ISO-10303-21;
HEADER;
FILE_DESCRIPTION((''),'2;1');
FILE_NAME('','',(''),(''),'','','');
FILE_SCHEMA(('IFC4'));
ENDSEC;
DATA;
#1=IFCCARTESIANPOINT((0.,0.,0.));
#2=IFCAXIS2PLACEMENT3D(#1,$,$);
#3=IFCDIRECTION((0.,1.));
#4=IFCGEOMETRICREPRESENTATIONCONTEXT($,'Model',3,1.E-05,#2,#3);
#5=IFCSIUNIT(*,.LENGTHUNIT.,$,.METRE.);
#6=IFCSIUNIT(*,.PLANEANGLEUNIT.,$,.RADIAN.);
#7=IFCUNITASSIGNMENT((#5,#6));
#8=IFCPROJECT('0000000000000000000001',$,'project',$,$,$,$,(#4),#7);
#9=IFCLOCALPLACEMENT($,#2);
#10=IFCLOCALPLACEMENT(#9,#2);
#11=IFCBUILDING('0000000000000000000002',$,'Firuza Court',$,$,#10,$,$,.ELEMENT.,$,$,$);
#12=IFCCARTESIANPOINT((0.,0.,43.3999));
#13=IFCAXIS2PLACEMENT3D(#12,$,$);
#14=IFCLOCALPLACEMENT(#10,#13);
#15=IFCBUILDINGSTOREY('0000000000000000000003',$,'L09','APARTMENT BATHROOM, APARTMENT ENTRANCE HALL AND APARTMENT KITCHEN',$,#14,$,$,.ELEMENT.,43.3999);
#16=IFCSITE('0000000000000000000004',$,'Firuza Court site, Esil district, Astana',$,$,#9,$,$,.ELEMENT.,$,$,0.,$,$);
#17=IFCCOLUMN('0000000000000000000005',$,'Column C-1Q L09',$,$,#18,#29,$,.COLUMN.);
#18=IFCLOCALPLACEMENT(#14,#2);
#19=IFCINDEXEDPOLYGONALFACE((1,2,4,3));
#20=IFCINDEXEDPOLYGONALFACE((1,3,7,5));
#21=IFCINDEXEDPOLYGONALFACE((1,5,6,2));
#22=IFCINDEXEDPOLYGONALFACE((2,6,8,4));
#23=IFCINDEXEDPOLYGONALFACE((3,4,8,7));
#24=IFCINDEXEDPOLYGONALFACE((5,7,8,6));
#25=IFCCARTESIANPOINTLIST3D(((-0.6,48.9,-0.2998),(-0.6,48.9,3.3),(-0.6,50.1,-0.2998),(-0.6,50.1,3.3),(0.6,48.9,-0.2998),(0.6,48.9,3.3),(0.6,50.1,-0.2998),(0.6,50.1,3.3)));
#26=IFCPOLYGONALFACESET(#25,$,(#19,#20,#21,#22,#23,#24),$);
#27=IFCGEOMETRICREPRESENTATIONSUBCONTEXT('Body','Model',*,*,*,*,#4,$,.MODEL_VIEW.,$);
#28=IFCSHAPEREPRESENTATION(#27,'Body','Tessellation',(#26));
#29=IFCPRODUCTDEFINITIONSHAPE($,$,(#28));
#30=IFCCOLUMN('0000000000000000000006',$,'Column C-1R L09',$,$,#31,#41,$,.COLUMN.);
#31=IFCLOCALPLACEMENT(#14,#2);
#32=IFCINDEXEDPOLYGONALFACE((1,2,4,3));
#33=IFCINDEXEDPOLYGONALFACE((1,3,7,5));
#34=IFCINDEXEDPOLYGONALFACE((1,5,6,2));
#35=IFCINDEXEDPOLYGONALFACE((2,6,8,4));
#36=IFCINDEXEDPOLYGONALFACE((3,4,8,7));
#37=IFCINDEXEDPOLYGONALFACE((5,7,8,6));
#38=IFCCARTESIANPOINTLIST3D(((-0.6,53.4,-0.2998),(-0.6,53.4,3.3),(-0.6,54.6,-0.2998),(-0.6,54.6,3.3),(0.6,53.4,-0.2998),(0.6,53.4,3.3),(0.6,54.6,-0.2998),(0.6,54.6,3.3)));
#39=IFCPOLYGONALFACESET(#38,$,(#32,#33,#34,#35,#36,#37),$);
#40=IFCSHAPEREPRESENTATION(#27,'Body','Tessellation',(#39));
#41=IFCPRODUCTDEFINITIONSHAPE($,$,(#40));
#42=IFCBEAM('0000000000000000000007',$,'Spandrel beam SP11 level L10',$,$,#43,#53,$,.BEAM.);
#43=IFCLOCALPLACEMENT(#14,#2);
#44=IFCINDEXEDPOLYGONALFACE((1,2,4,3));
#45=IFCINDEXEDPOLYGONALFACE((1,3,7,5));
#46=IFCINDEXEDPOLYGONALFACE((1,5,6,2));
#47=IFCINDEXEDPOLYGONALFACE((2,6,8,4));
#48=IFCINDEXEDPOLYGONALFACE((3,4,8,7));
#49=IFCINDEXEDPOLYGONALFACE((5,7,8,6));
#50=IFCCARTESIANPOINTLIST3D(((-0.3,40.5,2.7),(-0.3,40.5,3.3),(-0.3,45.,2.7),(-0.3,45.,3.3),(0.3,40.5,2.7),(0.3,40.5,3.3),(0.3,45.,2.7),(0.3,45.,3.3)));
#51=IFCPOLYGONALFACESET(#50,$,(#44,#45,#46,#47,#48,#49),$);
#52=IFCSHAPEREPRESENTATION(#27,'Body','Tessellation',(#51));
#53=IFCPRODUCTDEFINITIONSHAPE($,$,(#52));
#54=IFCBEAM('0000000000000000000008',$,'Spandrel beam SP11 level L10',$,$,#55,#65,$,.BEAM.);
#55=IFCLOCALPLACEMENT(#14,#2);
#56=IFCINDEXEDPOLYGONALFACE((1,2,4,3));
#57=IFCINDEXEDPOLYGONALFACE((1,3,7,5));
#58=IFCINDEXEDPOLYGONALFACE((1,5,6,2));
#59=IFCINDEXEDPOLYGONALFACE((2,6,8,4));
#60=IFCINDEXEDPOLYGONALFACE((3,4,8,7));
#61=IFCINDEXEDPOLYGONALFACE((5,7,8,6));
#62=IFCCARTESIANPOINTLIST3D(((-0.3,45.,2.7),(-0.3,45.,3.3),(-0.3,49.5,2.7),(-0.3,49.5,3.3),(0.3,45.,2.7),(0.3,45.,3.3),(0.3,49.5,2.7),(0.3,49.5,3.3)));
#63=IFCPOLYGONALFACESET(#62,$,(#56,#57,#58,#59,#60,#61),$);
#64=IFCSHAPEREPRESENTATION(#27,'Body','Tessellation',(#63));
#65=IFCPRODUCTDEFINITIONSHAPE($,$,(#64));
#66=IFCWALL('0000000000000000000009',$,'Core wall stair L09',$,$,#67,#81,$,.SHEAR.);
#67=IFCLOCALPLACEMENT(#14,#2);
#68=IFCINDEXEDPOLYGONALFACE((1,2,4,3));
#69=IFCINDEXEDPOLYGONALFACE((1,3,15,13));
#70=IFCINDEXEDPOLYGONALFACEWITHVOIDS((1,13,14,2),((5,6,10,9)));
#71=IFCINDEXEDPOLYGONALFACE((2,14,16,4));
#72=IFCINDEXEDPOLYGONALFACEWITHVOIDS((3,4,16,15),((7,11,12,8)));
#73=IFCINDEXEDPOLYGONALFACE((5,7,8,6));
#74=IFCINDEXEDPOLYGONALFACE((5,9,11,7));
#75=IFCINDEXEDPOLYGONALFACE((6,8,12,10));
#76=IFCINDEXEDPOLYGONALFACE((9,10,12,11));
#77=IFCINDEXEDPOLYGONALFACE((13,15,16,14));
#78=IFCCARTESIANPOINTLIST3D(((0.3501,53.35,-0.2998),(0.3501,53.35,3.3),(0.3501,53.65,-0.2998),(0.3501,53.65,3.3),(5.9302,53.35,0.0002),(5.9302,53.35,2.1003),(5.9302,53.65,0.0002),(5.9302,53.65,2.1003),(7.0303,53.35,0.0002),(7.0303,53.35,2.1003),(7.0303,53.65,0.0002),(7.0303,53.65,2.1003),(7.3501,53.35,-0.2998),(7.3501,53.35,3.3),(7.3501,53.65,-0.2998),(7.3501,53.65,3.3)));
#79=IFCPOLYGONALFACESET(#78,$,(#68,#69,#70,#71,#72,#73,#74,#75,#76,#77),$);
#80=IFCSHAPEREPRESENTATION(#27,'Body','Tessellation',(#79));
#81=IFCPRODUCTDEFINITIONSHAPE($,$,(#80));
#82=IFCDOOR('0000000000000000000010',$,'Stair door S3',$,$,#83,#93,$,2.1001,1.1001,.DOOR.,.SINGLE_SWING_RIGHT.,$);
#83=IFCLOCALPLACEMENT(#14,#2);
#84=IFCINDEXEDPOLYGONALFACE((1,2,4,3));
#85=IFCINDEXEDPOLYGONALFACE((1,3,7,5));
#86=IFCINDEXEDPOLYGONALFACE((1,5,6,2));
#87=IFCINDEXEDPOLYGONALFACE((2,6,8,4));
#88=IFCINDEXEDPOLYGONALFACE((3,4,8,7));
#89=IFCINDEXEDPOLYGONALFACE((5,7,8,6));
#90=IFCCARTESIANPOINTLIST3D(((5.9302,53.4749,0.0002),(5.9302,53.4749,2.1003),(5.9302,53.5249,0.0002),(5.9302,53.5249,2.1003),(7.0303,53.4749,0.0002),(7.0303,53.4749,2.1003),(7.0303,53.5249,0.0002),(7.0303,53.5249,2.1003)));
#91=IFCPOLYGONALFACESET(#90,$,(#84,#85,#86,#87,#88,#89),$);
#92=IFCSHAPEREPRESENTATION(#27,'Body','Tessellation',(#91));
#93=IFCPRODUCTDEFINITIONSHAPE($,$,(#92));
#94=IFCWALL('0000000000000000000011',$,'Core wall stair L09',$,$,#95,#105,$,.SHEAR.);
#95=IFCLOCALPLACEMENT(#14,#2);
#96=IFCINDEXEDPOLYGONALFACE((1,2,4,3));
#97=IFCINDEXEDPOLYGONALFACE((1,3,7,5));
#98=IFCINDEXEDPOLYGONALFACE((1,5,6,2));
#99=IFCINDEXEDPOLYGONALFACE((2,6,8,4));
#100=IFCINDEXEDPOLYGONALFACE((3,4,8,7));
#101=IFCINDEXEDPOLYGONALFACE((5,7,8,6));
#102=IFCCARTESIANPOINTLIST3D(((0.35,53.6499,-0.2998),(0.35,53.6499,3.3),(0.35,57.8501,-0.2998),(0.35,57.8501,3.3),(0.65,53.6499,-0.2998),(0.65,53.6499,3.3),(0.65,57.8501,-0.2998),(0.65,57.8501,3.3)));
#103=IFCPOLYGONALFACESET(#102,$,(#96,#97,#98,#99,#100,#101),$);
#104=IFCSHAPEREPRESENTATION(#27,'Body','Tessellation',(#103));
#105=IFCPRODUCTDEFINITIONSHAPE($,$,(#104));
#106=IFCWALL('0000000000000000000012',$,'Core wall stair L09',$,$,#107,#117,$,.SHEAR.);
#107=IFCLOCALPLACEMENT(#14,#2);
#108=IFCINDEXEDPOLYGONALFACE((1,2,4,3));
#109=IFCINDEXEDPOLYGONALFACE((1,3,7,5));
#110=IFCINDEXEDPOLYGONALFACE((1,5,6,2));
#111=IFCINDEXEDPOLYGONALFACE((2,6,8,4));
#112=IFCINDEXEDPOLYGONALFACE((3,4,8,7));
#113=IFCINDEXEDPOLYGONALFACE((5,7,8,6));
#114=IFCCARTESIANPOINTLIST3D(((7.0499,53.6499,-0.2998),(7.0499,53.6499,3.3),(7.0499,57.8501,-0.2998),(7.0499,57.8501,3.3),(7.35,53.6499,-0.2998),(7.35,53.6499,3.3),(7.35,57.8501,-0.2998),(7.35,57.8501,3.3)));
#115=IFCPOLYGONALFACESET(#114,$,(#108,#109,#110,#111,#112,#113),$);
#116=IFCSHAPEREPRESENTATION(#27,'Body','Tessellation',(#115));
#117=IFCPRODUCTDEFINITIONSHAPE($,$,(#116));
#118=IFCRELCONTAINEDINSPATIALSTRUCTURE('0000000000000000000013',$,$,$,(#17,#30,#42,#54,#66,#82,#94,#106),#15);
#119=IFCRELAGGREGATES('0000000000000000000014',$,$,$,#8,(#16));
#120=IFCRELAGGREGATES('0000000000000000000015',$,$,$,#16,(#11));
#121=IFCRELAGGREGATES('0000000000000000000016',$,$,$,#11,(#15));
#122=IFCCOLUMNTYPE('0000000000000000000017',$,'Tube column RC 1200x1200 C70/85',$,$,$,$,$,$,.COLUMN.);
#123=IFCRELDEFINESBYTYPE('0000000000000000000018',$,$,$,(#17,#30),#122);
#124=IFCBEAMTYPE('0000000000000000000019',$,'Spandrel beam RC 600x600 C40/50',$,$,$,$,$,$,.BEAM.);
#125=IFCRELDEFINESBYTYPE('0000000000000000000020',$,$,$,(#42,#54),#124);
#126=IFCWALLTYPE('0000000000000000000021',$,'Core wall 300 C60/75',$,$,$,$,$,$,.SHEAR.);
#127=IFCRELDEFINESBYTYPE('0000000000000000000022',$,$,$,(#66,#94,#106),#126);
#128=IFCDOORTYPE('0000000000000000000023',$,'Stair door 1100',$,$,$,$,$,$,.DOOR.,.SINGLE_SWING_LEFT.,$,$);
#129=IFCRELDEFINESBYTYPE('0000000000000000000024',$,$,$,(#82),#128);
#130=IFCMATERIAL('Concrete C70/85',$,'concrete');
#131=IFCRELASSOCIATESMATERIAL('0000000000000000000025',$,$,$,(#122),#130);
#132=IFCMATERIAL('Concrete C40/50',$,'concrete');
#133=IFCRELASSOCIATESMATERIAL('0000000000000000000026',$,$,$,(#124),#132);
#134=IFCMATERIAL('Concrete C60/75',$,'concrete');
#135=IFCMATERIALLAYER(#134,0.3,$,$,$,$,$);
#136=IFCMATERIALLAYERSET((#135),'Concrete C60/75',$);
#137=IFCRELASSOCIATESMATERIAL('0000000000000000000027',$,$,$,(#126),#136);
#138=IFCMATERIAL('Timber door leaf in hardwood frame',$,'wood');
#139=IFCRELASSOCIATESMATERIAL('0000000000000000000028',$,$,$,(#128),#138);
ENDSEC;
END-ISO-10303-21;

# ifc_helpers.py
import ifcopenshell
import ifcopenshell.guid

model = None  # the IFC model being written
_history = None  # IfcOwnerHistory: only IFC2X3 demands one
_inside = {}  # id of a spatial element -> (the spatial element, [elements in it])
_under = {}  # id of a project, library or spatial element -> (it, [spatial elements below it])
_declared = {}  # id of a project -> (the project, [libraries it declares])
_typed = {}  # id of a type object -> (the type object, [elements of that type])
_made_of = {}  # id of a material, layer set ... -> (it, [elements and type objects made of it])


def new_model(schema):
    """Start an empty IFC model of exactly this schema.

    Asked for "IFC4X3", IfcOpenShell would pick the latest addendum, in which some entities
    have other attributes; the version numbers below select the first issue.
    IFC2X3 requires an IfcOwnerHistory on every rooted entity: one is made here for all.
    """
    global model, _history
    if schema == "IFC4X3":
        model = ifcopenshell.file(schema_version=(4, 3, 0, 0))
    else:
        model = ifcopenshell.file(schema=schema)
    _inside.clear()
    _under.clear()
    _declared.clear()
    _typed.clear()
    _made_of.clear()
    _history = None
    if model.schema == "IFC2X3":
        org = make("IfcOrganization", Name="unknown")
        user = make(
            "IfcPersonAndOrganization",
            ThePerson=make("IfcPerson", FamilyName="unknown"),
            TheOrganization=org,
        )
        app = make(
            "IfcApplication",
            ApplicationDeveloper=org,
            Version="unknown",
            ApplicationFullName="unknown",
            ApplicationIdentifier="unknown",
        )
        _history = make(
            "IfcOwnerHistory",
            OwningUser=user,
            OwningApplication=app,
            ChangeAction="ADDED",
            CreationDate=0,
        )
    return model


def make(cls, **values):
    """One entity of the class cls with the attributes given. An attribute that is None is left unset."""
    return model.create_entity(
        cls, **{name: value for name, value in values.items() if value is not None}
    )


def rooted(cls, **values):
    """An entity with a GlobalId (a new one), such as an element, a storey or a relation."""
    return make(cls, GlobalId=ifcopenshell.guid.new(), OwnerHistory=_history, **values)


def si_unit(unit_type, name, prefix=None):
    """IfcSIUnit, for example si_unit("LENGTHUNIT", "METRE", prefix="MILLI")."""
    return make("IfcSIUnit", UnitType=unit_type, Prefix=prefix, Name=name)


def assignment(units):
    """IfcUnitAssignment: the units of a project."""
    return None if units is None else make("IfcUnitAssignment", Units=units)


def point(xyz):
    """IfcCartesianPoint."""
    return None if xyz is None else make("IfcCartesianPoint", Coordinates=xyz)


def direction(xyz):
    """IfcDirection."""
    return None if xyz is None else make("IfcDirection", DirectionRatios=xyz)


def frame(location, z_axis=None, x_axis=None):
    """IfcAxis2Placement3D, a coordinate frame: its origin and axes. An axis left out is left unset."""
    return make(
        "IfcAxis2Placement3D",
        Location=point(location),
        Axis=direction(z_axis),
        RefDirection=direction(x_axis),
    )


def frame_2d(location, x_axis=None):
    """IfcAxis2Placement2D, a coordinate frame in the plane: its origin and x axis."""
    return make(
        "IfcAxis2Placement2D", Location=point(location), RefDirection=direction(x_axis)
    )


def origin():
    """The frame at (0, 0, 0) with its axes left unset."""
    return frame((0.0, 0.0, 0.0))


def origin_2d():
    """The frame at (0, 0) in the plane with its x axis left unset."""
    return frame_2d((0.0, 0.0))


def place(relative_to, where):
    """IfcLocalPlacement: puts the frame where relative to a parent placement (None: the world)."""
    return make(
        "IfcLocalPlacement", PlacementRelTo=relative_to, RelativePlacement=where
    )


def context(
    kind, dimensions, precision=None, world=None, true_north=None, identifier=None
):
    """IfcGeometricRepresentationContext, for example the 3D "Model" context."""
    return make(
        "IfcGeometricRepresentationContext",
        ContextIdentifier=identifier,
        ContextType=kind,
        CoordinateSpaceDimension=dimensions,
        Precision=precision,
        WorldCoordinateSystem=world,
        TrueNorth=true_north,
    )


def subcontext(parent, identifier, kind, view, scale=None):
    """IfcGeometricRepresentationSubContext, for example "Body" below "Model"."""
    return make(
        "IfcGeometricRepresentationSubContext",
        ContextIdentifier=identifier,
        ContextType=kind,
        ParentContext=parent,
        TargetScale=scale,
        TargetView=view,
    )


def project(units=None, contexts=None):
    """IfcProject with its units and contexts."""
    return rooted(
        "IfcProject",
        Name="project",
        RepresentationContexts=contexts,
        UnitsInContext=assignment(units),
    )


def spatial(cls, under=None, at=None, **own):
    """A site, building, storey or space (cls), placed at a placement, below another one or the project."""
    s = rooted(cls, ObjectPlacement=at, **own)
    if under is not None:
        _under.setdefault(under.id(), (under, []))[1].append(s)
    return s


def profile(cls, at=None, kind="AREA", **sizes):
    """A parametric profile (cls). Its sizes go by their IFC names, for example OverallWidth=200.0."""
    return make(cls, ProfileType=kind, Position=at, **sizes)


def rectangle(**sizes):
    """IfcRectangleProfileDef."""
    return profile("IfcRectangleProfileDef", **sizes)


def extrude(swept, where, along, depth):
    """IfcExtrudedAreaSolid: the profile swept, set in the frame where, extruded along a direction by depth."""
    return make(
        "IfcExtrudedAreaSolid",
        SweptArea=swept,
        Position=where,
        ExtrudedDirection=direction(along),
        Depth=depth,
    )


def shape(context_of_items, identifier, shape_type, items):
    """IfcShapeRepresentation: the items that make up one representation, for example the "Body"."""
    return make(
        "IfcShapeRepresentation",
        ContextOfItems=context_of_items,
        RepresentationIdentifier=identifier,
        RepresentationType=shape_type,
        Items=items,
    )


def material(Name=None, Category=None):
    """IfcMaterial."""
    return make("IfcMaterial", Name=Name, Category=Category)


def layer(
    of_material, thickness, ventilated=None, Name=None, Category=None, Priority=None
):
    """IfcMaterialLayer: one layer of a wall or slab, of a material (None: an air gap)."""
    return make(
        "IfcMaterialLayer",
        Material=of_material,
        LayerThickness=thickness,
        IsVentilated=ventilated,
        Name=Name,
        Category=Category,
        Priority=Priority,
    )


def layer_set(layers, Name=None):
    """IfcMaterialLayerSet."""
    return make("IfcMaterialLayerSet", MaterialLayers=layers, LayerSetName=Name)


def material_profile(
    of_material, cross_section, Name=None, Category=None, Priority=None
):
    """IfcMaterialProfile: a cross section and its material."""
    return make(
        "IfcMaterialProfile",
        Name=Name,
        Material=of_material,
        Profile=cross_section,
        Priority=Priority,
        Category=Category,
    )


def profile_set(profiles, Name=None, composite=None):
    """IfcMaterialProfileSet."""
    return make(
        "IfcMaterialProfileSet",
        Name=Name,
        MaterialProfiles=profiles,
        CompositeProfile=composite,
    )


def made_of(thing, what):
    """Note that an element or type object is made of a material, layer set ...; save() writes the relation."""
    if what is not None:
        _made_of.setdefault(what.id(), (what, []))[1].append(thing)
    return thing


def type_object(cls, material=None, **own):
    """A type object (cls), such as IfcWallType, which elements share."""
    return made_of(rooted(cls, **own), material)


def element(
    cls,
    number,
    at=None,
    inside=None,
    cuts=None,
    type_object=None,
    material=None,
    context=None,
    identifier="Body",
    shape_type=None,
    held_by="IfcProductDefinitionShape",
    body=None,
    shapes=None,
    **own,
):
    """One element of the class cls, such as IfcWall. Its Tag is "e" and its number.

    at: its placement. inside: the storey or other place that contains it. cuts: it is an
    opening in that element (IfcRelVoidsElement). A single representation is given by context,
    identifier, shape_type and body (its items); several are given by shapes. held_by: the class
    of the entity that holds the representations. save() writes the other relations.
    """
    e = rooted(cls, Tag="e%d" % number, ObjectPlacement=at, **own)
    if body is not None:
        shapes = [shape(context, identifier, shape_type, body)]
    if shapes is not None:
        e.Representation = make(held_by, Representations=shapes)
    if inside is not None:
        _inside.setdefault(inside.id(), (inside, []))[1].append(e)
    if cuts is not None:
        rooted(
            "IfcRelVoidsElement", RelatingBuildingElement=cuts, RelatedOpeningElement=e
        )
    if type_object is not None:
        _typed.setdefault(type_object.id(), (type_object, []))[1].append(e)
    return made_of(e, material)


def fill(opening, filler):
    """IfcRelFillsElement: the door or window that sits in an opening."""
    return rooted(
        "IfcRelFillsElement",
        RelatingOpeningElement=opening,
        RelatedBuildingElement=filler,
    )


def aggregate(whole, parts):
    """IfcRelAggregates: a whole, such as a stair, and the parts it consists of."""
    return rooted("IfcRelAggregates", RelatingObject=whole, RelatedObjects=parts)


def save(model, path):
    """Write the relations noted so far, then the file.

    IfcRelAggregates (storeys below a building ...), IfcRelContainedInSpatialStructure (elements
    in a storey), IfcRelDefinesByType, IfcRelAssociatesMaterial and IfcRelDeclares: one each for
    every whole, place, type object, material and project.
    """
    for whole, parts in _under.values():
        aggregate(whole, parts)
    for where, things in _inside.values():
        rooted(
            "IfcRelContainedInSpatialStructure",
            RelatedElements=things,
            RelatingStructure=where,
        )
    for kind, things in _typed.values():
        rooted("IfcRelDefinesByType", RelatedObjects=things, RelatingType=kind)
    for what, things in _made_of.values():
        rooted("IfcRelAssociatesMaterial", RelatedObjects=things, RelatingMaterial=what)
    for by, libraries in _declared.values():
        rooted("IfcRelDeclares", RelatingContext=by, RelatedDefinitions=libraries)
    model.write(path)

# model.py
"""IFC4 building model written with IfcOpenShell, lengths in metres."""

from ifc_helpers import new_model, si_unit, direction, frame, frame_2d, origin, origin_2d, place, context, subcontext, project, spatial, rectangle, extrude, material, layer, layer_set, material_profile, profile_set, type_object, element, fill, save


model = new_model("IFC4")

# Units and contexts
model_context = context("Model", 3, precision=1e-05, world=origin(), true_north=direction((0.0, 1.0)))
body_context = subcontext(model_context, "Body", "Model", "MODEL_VIEW")
ifc_project = project(units=[si_unit("LENGTHUNIT", "METRE"), si_unit("PLANEANGLEUNIT", "RADIAN")], contexts=[model_context])

# Site, building, storey
site_placement = place(None, origin())
site = spatial("IfcSite", under=ifc_project, at=site_placement, Name="Firuza Court site, Esil district, Astana", CompositionType="ELEMENT", RefElevation=0.0)
building_placement = place(site_placement, origin())
building = spatial("IfcBuilding", under=site, at=building_placement, Name="Firuza Court", CompositionType="ELEMENT")
storey_placement = place(building_placement, frame((0.0, 0.0, 43.3999)))
storey = spatial("IfcBuildingStorey", under=building, at=storey_placement, Name="L09", Description="APARTMENT BATHROOM, APARTMENT ENTRANCE HALL AND APARTMENT KITCHEN", CompositionType="ELEMENT", Elevation=43.3999)

# Columns
ifc_material_1 = material(Name="Concrete C70/85", Category="concrete")
ifc_material_profile_1 = material_profile(ifc_material_1, rectangle(XDim=1.2, YDim=1.2, at=origin_2d()), Name="RC 1200x1200")
ifc_profile_set_1 = profile_set([ifc_material_profile_1], Name="Concrete C70/85")
column_type = type_object("IfcColumnType", Name="Tube column RC 1200x1200 C70/85", PredefinedType="COLUMN", material=ifc_profile_set_1)
for number, where, z_axis, x_axis, name in (
    (1, (0.0, 49.5, -0.2998), (0.0, 0.0, 1.0), (1.0, 0.0, 0.0), "Column C-1Q L09"),
    (2, (0.0, 54.0, -0.2998), (0.0, 0.0, 1.0), (1.0, 0.0, 0.0), "Column C-1R L09"),
):
    element("IfcColumn", number, at=place(storey_placement, frame(where, z_axis=z_axis, x_axis=x_axis)), inside=storey, type_object=column_type, Name=name, PredefinedType="COLUMN", context=body_context, shape_type="SweptSolid", body=[
        extrude(rectangle(XDim=1.2, YDim=1.2, at=origin_2d()), origin(), (0.0, 0.0, 1.0), 3.5999),
    ])

# Beams
ifc_material_2 = material(Name="Concrete C40/50", Category="concrete")
ifc_material_profile_2 = material_profile(ifc_material_2, rectangle(XDim=0.6001, YDim=0.6001, at=origin_2d()), Name="RC 600x600")
ifc_profile_set_2 = profile_set([ifc_material_profile_2], Name="Concrete C40/50")
beam_type = type_object("IfcBeamType", Name="Spandrel beam RC 600x600 C40/50", PredefinedType="BEAM", material=ifc_profile_set_2)
for number, where, z_axis, x_axis, name in (
    (3, (0.0, 45.0, 3.0), (0.0, -1.0, 0.0), (1.0, 0.0, 0.0), "Spandrel beam SP11 level L10"),
    (4, (0.0, 49.5, 3.0), (0.0, -1.0, 0.0), (1.0, 0.0, 0.0), "Spandrel beam SP11 level L10"),
):
    element("IfcBeam", number, at=place(storey_placement, frame(where, z_axis=z_axis, x_axis=x_axis)), inside=storey, type_object=beam_type, Name=name, PredefinedType="BEAM", context=body_context, shape_type="SweptSolid", body=[
        extrude(rectangle(XDim=0.6001, YDim=0.6001, at=origin_2d()), origin(), (0.0, 0.0, 1.0), 4.5),
    ])

# Wall, opening, door
ifc_material_3 = material(Name="Concrete C60/75", Category="concrete")
ifc_layer_1 = layer(ifc_material_3, 0.3)
ifc_layer_set_1 = layer_set([ifc_layer_1], Name="Concrete C60/75")
wall_type_1 = type_object("IfcWallType", Name="Core wall 300 C60/75", PredefinedType="SHEAR", material=ifc_layer_set_1)
wall_1_placement = place(storey_placement, frame((0.3501, 53.5, -0.2998), z_axis=(0.0, 0.0, 1.0), x_axis=(1.0, 0.0, 0.0)))
wall_1 = element("IfcWall", 5, at=wall_1_placement, inside=storey, type_object=wall_type_1, Name="Core wall stair L09", PredefinedType="SHEAR", context=body_context, shape_type="SweptSolid", body=[
    extrude(rectangle(XDim=7.0, YDim=0.3, at=frame_2d((3.5, 0.0))), origin(), (0.0, 0.0, 1.0), 3.5999),
])
opening_1_placement = place(wall_1_placement, frame((5.5801, 0.0, 0.3)))
opening_1 = element("IfcOpeningElement", 6, at=opening_1_placement, cuts=wall_1, PredefinedType="OPENING", context=body_context, shape_type="SweptSolid", body=[
    extrude(rectangle(XDim=1.1001, YDim=2.1001, at=frame_2d((0.55, 1.05))), frame((0.0, 0.1621, 0.0), z_axis=(0.0, -1.0, 0.0), x_axis=(1.0, 0.0, 0.0)), (0.0, 0.0, 1.0), 0.324),
])
ifc_material_4 = material(Name="Timber door leaf in hardwood frame", Category="wood")
door_type_1 = type_object("IfcDoorType", Name="Stair door 1100", OperationType="SINGLE_SWING_LEFT", PredefinedType="DOOR", material=ifc_material_4)
door_1_placement = place(opening_1_placement, origin())
door_1 = element("IfcDoor", 7, at=door_1_placement, inside=storey, type_object=door_type_1, Name="Stair door S3", OperationType="SINGLE_SWING_RIGHT", OverallHeight=2.1001, OverallWidth=1.1001, PredefinedType="DOOR", context=body_context, shape_type="SweptSolid", body=[
    extrude(rectangle(XDim=1.1001, YDim=2.1001, at=frame_2d((0.55, 1.05))), frame((0.0, 0.0249, 0.0), z_axis=(0.0, -1.0, 0.0), x_axis=(1.0, 0.0, 0.0)), (0.0, 0.0, 1.0), 0.05),
])
fill(opening_1, door_1)

# Walls
for number, where, z_axis, x_axis, name in (
    (8, (0.5, 53.6499, -0.2998), (0.0, 0.0, 1.0), (0.0, 1.0, 0.0), "Core wall stair L09"),
    (9, (7.2, 53.6499, -0.2998), (0.0, 0.0, 1.0), (0.0, 1.0, 0.0), "Core wall stair L09"),
):
    element("IfcWall", number, at=place(storey_placement, frame(where, z_axis=z_axis, x_axis=x_axis)), inside=storey, type_object=wall_type_1, Name=name, PredefinedType="SHEAR", context=body_context, shape_type="SweptSolid", body=[
        extrude(rectangle(XDim=4.2002, YDim=0.3, at=frame_2d((2.1001, 0.0))), origin(), (0.0, 0.0, 1.0), 3.5999),
    ])

save(model, "model.ifc")
